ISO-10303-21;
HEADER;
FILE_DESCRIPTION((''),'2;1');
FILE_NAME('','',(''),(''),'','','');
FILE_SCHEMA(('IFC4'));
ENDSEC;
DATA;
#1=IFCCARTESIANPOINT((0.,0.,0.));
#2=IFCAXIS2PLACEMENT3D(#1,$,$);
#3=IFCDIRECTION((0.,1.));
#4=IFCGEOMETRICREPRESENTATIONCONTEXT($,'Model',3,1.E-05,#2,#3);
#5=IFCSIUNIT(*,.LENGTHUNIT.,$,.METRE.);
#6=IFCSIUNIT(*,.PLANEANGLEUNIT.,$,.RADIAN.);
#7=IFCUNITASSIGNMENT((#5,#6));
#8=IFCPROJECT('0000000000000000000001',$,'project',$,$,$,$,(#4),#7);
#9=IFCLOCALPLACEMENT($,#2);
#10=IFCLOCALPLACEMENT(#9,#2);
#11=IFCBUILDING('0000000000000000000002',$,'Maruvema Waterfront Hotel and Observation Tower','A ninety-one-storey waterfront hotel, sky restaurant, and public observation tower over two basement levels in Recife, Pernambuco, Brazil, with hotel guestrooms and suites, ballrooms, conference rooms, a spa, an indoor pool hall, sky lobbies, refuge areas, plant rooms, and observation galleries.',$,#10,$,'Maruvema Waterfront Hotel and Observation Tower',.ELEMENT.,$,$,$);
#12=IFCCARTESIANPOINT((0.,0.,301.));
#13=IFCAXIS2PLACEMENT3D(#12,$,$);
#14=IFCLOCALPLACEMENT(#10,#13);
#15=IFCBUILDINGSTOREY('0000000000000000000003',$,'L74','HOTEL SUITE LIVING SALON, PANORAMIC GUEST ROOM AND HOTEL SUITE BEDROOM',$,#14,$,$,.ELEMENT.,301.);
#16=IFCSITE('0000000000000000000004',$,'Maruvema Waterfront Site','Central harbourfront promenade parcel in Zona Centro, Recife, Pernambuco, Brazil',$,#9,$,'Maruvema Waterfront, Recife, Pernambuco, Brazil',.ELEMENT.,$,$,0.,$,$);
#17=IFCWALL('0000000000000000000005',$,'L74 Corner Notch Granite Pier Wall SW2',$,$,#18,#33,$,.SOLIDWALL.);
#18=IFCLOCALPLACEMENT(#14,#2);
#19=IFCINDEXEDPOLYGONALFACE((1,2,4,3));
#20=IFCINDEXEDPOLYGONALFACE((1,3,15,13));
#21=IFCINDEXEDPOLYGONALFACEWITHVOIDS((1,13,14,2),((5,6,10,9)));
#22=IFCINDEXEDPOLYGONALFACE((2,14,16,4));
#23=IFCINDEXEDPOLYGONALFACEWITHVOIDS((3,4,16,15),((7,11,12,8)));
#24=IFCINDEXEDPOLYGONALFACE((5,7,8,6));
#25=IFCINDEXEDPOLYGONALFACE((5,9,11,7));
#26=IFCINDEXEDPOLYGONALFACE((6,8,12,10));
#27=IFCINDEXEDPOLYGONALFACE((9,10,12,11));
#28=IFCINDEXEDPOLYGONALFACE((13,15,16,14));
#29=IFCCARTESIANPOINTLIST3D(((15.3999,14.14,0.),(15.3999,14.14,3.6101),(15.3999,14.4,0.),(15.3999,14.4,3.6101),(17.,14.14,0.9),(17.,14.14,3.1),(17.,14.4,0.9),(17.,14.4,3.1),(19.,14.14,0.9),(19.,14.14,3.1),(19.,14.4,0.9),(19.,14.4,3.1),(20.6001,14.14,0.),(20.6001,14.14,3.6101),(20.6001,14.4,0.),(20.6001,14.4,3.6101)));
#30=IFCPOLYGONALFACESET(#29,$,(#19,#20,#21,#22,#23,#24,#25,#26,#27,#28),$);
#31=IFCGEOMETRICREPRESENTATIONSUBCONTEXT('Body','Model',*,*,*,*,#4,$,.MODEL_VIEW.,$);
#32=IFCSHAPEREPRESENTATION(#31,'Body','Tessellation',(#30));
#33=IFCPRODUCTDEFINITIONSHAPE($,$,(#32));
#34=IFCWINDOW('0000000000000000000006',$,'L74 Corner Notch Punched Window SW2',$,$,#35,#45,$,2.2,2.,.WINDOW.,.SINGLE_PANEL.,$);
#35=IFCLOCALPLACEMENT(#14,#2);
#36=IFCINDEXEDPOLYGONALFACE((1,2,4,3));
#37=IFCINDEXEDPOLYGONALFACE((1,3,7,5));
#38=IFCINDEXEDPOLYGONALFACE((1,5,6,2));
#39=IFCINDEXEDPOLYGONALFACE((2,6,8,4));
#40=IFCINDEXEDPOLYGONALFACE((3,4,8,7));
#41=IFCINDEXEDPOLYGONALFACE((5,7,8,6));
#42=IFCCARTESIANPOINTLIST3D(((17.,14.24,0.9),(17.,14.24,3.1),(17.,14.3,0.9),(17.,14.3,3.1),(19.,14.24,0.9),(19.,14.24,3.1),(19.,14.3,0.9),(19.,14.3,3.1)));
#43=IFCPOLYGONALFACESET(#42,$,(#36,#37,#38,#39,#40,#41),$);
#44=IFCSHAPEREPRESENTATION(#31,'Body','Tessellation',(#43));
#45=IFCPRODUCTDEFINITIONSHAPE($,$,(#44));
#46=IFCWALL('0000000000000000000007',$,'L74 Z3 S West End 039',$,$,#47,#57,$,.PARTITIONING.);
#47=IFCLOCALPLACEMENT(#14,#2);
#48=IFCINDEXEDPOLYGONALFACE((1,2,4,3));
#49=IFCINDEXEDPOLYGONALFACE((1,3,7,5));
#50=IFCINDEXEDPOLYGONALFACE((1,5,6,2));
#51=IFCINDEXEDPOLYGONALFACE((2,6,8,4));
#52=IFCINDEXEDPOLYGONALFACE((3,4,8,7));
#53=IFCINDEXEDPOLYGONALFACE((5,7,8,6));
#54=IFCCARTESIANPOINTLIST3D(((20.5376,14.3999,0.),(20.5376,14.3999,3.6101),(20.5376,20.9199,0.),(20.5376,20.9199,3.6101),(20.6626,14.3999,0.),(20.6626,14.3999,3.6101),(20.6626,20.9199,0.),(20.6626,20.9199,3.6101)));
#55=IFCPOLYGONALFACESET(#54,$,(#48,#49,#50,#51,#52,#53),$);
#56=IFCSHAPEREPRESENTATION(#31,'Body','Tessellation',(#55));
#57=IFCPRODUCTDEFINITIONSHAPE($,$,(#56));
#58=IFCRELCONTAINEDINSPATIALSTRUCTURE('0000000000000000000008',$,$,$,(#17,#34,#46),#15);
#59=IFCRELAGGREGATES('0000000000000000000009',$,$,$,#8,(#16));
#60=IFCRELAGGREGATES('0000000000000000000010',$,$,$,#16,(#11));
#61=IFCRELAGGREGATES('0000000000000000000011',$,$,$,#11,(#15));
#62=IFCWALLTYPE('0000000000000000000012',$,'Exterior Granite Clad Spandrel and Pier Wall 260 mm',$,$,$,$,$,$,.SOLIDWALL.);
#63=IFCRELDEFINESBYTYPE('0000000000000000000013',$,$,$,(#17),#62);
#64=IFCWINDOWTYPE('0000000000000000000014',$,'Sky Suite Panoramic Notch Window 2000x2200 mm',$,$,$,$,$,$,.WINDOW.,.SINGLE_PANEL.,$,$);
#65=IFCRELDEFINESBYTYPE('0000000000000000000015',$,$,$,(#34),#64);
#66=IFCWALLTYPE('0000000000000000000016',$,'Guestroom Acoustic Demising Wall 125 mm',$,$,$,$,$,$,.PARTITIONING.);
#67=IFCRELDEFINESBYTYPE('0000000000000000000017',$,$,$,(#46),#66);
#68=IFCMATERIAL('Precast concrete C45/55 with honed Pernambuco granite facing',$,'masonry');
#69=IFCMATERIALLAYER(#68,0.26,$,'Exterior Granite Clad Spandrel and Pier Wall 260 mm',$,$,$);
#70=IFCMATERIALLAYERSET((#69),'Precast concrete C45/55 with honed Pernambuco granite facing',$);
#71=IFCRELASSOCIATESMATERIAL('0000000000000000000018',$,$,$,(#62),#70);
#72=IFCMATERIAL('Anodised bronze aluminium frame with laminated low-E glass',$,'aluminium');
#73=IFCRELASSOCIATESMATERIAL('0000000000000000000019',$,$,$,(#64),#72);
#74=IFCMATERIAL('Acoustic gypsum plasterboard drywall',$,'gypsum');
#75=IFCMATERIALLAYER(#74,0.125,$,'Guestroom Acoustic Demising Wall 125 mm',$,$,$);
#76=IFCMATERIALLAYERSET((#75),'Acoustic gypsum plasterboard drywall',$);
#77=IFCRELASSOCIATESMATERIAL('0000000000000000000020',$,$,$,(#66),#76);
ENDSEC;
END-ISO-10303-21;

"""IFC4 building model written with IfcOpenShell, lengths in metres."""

from ifc_helpers import new_model, si_unit, direction, frame, frame_2d, origin, place, context, subcontext, project, spatial, rectangle, extrude, material, layer, layer_set, type_object, element, fill, save


model = new_model("IFC4")

# Units and contexts
model_context = context("Model", 3, precision=1e-05, world=origin(), true_north=direction((0.0, 1.0)))
body_context = subcontext(model_context, "Body", "Model", "MODEL_VIEW")
ifc_project = project(units=[si_unit("LENGTHUNIT", "METRE"), si_unit("PLANEANGLEUNIT", "RADIAN")], contexts=[model_context])

# Site, building, storey
site_placement = place(None, origin())
site = spatial("IfcSite", under=ifc_project, at=site_placement, Name="Maruvema Waterfront Site", Description="Central harbourfront promenade parcel in Zona Centro, Recife, Pernambuco, Brazil", LongName="Maruvema Waterfront, Recife, Pernambuco, Brazil", CompositionType="ELEMENT", RefElevation=0.0)
building_placement = place(site_placement, origin())
building = spatial("IfcBuilding", under=site, at=building_placement, Name="Maruvema Waterfront Hotel and Observation Tower", Description="A ninety-one-storey waterfront hotel, sky restaurant, and public observation tower over two basement levels in Recife, Pernambuco, Brazil, with hotel guestrooms and suites, ballrooms, conference rooms, a spa, an indoor pool hall, sky lobbies, refuge areas, plant rooms, and observation galleries.", LongName="Maruvema Waterfront Hotel and Observation Tower", CompositionType="ELEMENT")
storey_placement = place(building_placement, frame((0.0, 0.0, 301.0)))
storey = spatial("IfcBuildingStorey", under=building, at=storey_placement, Name="L74", Description="HOTEL SUITE LIVING SALON, PANORAMIC GUEST ROOM AND HOTEL SUITE BEDROOM", CompositionType="ELEMENT", Elevation=301.0)

# Shared definitions
ifc_material_1 = material(Name="Precast concrete C45/55 with honed Pernambuco granite facing", Category="masonry")
ifc_layer_1 = layer(ifc_material_1, 0.26, Name="Exterior Granite Clad Spandrel and Pier Wall 260 mm")
ifc_layer_set_1 = layer_set([ifc_layer_1], Name="Precast concrete C45/55 with honed Pernambuco granite facing")
wall_type_1 = type_object("IfcWallType", Name="Exterior Granite Clad Spandrel and Pier Wall 260 mm", PredefinedType="SOLIDWALL", material=ifc_layer_set_1)

# Wall, opening, window
wall_1_placement = place(storey_placement, frame((20.6001, 14.27, 0.0), z_axis=(0.0, 0.0, 1.0), x_axis=(-1.0, 0.0, 0.0)))
wall_1 = element("IfcWall", 1, at=wall_1_placement, inside=storey, type_object=wall_type_1, Name="L74 Corner Notch Granite Pier Wall SW2", PredefinedType="SOLIDWALL", context=body_context, shape_type="SweptSolid", body=[
    extrude(rectangle(XDim=5.2002, YDim=0.26, at=frame_2d((2.6001, 0.0))), origin(), (0.0, 0.0, 1.0), 3.6101),
])
opening_placement = place(wall_1_placement, frame((1.6001, 0.0, 0.8999)))
opening = element("IfcOpeningElement", 2, at=opening_placement, cuts=wall_1, PredefinedType="OPENING", context=body_context, shape_type="SweptSolid", body=[
    extrude(rectangle(XDim=2.0, YDim=2.2, at=frame_2d((1.0, 1.1001))), frame((0.0, 0.1401, 0.0), z_axis=(0.0, -1.0, 0.0), x_axis=(1.0, 0.0, 0.0)), (0.0, 0.0, 1.0), 0.28),
])
ifc_material_2 = material(Name="Anodised bronze aluminium frame with laminated low-E glass", Category="aluminium")
window_type = type_object("IfcWindowType", Name="Sky Suite Panoramic Notch Window 2000x2200 mm", PartitioningType="SINGLE_PANEL", PredefinedType="WINDOW", material=ifc_material_2)
window_placement = place(opening_placement, origin())
window = element("IfcWindow", 3, at=window_placement, inside=storey, type_object=window_type, Name="L74 Corner Notch Punched Window SW2", OverallHeight=2.2, OverallWidth=2.0, PartitioningType="SINGLE_PANEL", PredefinedType="WINDOW", context=body_context, shape_type="SweptSolid", body=[
    extrude(rectangle(XDim=2.0, YDim=2.2, at=frame_2d((1.0, 1.1001))), frame((0.0, 0.03, 0.0), z_axis=(0.0, -1.0, 0.0), x_axis=(1.0, 0.0, 0.0)), (0.0, 0.0, 1.0), 0.0601),
])
fill(opening, window)

# Wall
ifc_material_3 = material(Name="Acoustic gypsum plasterboard drywall", Category="gypsum")
ifc_layer_2 = layer(ifc_material_3, 0.125, Name="Guestroom Acoustic Demising Wall 125 mm")
ifc_layer_set_2 = layer_set([ifc_layer_2], Name="Acoustic gypsum plasterboard drywall")
wall_type_2 = type_object("IfcWallType", Name="Guestroom Acoustic Demising Wall 125 mm", PredefinedType="PARTITIONING", material=ifc_layer_set_2)
wall_2_placement = place(storey_placement, frame((20.6001, 14.3999, 0.0), z_axis=(0.0, 0.0, 1.0), x_axis=(0.0, 1.0, 0.0)))
element("IfcWall", 4, at=wall_2_placement, inside=storey, type_object=wall_type_2, Name="L74 Z3 S West End 039", PredefinedType="PARTITIONING", context=body_context, shape_type="SweptSolid", body=[
    extrude(rectangle(XDim=6.52, YDim=0.125, at=frame_2d((3.26, 0.0))), origin(), (0.0, 0.0, 1.0), 3.6101),
])

save(model, "model.ifc")
